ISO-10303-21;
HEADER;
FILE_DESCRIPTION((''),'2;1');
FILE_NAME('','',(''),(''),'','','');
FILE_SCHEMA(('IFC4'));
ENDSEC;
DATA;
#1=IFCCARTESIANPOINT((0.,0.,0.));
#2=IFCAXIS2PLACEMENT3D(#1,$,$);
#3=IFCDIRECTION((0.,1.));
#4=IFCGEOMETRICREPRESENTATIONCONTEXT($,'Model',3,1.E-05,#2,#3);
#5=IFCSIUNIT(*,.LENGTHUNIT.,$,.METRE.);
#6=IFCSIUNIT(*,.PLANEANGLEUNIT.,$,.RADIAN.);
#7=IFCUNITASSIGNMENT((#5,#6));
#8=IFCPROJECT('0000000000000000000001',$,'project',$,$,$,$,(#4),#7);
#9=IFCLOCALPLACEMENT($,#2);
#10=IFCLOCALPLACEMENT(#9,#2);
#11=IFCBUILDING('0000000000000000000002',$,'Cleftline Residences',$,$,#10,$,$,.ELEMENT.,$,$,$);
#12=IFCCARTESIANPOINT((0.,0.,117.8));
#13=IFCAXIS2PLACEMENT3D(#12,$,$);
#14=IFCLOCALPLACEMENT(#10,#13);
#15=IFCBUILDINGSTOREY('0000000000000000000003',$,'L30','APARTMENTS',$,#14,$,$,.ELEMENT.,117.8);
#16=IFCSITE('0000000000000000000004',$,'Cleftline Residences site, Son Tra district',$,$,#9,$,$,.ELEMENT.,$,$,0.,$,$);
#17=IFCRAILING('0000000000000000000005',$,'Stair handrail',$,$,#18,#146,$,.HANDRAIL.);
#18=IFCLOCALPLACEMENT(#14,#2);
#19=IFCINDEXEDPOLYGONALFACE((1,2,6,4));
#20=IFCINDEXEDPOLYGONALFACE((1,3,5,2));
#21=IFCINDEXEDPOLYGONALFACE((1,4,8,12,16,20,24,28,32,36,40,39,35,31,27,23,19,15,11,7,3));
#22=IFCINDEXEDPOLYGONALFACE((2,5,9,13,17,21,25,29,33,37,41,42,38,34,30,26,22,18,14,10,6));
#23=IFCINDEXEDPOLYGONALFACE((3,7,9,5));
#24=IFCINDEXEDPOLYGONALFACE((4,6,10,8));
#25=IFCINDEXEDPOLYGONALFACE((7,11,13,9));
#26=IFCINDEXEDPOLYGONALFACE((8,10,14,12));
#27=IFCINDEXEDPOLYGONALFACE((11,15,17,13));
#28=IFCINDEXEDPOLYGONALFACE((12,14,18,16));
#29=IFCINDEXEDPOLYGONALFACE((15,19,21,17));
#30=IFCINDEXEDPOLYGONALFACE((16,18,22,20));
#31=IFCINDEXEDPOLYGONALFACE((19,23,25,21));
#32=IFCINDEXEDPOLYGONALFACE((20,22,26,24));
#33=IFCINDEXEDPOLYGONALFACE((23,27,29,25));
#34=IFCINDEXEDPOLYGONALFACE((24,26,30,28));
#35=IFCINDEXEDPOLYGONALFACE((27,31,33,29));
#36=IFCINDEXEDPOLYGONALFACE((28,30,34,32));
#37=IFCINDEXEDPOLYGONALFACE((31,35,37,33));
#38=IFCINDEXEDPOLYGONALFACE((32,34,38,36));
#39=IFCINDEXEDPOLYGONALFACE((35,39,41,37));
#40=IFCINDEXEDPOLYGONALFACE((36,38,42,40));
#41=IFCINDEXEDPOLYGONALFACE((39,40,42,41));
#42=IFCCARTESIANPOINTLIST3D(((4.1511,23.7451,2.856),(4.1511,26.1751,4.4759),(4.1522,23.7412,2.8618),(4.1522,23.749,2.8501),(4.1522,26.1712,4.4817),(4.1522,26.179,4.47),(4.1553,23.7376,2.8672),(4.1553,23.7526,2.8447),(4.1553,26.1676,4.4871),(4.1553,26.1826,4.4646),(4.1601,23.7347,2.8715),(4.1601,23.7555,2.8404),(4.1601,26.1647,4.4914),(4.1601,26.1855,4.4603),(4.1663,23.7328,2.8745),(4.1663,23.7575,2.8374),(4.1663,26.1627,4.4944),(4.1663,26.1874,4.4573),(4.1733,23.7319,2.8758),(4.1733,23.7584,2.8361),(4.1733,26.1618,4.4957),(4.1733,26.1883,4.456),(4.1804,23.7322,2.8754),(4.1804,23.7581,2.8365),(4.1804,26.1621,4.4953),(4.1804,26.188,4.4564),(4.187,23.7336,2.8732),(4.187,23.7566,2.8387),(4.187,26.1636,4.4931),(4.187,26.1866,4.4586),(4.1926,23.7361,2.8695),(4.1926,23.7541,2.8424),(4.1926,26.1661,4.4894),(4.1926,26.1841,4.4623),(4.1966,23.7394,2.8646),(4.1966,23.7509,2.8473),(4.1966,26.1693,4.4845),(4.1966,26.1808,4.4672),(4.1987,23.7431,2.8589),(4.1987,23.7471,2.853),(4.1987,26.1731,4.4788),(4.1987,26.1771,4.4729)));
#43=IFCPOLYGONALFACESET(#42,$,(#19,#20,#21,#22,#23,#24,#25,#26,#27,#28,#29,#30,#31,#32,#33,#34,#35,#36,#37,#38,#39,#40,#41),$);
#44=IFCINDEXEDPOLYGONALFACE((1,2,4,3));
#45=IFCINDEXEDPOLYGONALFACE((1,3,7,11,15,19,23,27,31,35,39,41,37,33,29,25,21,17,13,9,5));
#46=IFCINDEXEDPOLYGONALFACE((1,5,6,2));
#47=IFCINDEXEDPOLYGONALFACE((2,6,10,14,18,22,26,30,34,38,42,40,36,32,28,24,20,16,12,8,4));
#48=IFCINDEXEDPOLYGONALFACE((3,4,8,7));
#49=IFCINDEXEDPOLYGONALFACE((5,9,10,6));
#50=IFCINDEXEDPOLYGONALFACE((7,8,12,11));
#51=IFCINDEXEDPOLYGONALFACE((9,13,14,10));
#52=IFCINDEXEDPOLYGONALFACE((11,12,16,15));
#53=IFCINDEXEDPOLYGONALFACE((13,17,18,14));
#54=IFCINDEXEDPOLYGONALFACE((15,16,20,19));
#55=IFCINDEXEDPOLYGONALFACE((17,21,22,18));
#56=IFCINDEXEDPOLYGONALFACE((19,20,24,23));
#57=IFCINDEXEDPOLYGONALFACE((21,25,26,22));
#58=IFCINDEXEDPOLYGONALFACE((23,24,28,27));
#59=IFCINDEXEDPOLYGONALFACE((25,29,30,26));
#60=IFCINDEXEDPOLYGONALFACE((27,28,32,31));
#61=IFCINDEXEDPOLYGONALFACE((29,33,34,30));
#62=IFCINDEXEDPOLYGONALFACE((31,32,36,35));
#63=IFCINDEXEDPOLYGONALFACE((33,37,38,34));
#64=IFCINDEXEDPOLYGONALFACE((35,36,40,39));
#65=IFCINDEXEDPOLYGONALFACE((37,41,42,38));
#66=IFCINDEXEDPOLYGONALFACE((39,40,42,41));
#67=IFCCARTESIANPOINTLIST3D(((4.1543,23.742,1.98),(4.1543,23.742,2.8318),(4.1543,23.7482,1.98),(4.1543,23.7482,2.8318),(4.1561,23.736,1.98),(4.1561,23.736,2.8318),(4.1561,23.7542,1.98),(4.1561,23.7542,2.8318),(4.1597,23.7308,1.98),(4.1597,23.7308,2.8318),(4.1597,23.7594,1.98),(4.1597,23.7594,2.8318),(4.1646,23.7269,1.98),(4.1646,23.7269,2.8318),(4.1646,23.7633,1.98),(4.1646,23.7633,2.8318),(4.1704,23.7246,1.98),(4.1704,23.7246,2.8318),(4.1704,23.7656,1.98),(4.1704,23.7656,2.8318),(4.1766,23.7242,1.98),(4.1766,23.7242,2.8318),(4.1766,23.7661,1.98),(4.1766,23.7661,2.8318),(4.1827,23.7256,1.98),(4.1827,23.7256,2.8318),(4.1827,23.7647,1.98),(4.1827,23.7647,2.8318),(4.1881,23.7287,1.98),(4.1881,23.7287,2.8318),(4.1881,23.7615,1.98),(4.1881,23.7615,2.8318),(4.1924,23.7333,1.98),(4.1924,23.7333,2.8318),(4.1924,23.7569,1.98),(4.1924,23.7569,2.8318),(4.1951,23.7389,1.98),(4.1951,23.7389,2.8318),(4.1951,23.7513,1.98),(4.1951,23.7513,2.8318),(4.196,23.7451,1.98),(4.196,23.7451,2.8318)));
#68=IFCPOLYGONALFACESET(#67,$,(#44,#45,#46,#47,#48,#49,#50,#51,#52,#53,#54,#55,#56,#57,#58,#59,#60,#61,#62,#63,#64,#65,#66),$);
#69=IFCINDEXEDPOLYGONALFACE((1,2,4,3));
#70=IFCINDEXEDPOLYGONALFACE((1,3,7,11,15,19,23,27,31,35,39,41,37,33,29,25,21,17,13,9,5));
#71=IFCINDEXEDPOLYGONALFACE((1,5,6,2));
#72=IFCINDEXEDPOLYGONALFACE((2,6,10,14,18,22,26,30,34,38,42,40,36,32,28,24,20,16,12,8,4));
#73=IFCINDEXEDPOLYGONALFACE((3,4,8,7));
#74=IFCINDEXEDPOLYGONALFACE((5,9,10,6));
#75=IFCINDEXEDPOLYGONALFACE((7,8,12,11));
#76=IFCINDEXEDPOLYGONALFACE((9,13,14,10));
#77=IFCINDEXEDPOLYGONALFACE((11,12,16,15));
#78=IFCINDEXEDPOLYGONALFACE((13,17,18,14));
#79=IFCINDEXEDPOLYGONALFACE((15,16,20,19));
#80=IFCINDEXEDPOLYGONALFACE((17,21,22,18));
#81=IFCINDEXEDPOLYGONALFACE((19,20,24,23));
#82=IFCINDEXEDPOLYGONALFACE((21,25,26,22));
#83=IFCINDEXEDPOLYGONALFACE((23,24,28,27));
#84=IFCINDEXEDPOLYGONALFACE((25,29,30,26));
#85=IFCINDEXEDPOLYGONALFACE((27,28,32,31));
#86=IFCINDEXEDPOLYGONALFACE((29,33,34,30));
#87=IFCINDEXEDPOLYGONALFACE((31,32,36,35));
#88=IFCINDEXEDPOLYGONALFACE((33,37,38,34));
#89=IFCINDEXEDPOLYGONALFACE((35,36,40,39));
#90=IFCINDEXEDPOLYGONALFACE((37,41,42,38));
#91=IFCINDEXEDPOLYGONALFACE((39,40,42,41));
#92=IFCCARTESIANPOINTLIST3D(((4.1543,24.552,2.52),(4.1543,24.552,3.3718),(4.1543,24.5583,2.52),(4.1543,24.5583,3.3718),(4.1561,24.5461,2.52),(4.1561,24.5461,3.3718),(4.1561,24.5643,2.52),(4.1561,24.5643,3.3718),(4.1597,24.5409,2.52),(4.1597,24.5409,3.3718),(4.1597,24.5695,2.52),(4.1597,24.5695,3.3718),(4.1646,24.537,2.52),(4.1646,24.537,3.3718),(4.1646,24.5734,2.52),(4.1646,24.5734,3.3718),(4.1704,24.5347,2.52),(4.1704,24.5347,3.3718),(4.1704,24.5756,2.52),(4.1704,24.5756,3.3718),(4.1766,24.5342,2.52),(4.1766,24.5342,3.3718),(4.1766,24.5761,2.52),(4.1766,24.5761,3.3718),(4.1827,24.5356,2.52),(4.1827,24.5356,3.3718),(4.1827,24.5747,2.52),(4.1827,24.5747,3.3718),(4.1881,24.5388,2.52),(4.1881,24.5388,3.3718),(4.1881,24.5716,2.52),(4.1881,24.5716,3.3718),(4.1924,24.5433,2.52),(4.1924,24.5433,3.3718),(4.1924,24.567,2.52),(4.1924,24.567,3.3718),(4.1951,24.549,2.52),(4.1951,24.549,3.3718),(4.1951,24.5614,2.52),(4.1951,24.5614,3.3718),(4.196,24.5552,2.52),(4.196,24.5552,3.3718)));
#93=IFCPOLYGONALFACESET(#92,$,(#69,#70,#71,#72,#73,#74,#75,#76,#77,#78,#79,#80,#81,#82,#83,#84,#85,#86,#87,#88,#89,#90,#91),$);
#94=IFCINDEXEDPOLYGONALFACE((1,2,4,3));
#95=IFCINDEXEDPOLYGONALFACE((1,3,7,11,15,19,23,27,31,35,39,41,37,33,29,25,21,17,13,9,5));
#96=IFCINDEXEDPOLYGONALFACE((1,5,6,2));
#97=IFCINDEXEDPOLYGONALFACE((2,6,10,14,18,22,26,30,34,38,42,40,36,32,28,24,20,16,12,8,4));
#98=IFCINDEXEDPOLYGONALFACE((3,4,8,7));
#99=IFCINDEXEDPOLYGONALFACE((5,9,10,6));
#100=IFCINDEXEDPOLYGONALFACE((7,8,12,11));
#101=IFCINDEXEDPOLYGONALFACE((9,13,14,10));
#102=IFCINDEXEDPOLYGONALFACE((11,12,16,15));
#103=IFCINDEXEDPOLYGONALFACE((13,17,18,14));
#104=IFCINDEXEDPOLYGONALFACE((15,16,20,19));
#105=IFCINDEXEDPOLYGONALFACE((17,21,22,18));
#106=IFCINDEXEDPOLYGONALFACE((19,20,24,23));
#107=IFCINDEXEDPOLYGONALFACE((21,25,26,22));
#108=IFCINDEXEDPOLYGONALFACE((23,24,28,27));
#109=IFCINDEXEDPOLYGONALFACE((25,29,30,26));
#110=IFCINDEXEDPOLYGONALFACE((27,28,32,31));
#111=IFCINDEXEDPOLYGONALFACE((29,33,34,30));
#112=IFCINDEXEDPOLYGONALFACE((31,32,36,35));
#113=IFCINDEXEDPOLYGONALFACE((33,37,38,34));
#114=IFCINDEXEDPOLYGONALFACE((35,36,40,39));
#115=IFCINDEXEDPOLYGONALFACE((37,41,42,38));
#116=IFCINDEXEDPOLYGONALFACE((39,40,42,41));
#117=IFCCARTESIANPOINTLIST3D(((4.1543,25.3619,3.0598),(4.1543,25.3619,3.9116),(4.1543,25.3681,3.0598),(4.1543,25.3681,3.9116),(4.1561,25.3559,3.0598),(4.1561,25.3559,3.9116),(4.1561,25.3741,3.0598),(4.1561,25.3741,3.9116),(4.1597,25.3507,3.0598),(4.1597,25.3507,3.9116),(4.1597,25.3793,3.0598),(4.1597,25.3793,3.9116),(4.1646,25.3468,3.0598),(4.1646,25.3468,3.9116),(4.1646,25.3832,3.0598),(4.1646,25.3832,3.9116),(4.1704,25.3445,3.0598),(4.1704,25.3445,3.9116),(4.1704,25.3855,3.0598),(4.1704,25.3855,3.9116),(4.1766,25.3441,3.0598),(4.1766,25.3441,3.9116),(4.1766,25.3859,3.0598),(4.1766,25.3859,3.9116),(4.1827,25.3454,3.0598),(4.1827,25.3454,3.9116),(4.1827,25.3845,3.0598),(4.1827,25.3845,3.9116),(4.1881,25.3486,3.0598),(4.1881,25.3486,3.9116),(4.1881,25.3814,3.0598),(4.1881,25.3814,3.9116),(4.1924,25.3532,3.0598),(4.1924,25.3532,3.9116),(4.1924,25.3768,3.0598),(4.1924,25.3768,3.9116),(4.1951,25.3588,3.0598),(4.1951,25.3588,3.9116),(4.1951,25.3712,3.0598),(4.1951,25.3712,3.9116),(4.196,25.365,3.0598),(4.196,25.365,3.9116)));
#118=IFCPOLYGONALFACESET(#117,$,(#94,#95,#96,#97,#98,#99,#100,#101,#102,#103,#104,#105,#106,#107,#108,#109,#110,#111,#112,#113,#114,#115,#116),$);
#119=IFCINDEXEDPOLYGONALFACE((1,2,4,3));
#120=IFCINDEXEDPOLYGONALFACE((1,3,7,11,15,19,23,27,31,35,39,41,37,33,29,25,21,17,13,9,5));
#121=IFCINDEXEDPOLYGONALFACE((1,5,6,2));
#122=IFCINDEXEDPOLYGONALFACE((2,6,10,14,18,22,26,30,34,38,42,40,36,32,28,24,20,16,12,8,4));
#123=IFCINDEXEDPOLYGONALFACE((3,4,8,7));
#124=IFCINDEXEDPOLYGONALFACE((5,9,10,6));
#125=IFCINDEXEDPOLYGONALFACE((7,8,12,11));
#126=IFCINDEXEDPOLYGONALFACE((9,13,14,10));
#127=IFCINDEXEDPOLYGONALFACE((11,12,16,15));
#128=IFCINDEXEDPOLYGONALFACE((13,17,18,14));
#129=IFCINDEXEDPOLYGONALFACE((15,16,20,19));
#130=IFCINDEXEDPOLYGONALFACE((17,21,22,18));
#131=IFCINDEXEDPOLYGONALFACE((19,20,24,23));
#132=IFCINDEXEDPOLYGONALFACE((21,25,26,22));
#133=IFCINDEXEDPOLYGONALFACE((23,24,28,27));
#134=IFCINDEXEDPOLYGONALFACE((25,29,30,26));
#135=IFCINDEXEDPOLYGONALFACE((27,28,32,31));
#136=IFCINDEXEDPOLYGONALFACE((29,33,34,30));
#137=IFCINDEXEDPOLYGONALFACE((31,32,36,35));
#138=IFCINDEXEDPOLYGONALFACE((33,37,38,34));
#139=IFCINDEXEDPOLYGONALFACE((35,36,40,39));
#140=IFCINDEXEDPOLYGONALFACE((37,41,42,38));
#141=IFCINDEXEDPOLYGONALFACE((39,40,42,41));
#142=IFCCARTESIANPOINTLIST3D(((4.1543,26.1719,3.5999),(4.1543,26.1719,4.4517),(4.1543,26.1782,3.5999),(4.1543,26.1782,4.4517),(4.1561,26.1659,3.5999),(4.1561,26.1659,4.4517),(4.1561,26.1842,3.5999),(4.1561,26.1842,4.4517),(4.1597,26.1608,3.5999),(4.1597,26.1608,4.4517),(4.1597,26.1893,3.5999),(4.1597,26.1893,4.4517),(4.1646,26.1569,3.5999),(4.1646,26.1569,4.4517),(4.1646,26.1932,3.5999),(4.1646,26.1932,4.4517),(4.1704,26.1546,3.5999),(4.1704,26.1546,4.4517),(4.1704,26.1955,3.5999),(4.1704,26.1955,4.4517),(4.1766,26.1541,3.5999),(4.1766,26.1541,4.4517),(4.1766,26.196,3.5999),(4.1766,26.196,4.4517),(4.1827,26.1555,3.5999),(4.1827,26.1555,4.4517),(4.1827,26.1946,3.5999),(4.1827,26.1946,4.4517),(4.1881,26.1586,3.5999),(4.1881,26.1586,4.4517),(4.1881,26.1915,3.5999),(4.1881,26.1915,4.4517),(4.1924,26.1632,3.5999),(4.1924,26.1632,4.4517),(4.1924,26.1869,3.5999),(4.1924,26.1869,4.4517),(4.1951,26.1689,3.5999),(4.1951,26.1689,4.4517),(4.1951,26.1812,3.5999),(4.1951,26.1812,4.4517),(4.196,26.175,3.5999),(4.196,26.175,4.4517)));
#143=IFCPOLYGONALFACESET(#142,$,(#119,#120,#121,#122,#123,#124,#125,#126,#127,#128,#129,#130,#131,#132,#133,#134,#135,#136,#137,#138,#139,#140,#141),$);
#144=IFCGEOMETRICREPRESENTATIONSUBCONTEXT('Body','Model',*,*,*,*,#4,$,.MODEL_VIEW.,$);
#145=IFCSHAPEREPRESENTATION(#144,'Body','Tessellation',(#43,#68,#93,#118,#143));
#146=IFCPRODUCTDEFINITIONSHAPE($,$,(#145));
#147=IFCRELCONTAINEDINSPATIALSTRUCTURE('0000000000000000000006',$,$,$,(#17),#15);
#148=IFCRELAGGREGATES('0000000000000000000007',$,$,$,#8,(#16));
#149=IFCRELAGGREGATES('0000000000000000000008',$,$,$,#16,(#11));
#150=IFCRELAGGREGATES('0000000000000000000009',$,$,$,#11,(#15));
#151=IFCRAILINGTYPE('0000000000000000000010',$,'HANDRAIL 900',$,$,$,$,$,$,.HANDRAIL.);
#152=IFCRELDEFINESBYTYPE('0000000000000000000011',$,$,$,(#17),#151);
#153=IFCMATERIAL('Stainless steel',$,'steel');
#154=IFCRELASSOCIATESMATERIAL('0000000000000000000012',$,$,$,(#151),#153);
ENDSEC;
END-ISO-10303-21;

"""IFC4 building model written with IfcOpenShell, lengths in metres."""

from ifc_helpers import new_model, si_unit, direction, frame, origin, origin_2d, place, context, subcontext, project, spatial, circle, extrude, material, type_object, element, save


model = new_model("IFC4")

# Units and contexts
model_context = context("Model", 3, precision=1e-05, world=origin(), true_north=direction((0.0, 1.0)))
body_context = subcontext(model_context, "Body", "Model", "MODEL_VIEW")
ifc_project = project(units=[si_unit("LENGTHUNIT", "METRE"), si_unit("PLANEANGLEUNIT", "RADIAN")], contexts=[model_context])

# Site, building, storey
site_placement = place(None, origin())
site = spatial("IfcSite", under=ifc_project, at=site_placement, Name="Cleftline Residences site, Son Tra district", CompositionType="ELEMENT", RefElevation=0.0)
building_placement = place(site_placement, origin())
building = spatial("IfcBuilding", under=site, at=building_placement, Name="Cleftline Residences", CompositionType="ELEMENT")
storey_placement = place(building_placement, frame((0.0, 0.0, 117.8)))
storey = spatial("IfcBuildingStorey", under=building, at=storey_placement, Name="L30", Description="APARTMENTS", CompositionType="ELEMENT", Elevation=117.8)

# Railing
ifc_material_1 = material(Name="Stainless steel", Category="steel")
railing_type = type_object("IfcRailingType", Name="HANDRAIL 900", PredefinedType="HANDRAIL", material=ifc_material_1)
railing_1_placement = place(storey_placement, frame((4.175, 23.7451, 1.98)))
element("IfcRailing", 1, at=railing_1_placement, inside=storey, type_object=railing_type, Name="Stair handrail", PredefinedType="HANDRAIL", context=body_context, shape_type="SweptSolid", body=[
    extrude(circle(Radius=0.0239, at=origin_2d()), frame((0.0, 0.0, 0.876), z_axis=(0.0, 0.832063, 0.554681), x_axis=(-1.0, 0.0, 0.0)), (0.0, 0.0, 1.0), 2.9204),
    extrude(circle(Radius=0.021, at=origin_2d()), origin(), (0.0, 0.0, 1.0), 0.8518),
    extrude(circle(Radius=0.021, at=origin_2d()), frame((0.0, 0.8101, 0.54)), (0.0, 0.0, 1.0), 0.8518),
    extrude(circle(Radius=0.021, at=origin_2d()), frame((0.0, 1.6199, 1.0798)), (0.0, 0.0, 1.0), 0.8518),
    extrude(circle(Radius=0.021, at=origin_2d()), frame((0.0, 2.4299, 1.6199)), (0.0, 0.0, 1.0), 0.8518),
])

save(model, "model.ifc")
